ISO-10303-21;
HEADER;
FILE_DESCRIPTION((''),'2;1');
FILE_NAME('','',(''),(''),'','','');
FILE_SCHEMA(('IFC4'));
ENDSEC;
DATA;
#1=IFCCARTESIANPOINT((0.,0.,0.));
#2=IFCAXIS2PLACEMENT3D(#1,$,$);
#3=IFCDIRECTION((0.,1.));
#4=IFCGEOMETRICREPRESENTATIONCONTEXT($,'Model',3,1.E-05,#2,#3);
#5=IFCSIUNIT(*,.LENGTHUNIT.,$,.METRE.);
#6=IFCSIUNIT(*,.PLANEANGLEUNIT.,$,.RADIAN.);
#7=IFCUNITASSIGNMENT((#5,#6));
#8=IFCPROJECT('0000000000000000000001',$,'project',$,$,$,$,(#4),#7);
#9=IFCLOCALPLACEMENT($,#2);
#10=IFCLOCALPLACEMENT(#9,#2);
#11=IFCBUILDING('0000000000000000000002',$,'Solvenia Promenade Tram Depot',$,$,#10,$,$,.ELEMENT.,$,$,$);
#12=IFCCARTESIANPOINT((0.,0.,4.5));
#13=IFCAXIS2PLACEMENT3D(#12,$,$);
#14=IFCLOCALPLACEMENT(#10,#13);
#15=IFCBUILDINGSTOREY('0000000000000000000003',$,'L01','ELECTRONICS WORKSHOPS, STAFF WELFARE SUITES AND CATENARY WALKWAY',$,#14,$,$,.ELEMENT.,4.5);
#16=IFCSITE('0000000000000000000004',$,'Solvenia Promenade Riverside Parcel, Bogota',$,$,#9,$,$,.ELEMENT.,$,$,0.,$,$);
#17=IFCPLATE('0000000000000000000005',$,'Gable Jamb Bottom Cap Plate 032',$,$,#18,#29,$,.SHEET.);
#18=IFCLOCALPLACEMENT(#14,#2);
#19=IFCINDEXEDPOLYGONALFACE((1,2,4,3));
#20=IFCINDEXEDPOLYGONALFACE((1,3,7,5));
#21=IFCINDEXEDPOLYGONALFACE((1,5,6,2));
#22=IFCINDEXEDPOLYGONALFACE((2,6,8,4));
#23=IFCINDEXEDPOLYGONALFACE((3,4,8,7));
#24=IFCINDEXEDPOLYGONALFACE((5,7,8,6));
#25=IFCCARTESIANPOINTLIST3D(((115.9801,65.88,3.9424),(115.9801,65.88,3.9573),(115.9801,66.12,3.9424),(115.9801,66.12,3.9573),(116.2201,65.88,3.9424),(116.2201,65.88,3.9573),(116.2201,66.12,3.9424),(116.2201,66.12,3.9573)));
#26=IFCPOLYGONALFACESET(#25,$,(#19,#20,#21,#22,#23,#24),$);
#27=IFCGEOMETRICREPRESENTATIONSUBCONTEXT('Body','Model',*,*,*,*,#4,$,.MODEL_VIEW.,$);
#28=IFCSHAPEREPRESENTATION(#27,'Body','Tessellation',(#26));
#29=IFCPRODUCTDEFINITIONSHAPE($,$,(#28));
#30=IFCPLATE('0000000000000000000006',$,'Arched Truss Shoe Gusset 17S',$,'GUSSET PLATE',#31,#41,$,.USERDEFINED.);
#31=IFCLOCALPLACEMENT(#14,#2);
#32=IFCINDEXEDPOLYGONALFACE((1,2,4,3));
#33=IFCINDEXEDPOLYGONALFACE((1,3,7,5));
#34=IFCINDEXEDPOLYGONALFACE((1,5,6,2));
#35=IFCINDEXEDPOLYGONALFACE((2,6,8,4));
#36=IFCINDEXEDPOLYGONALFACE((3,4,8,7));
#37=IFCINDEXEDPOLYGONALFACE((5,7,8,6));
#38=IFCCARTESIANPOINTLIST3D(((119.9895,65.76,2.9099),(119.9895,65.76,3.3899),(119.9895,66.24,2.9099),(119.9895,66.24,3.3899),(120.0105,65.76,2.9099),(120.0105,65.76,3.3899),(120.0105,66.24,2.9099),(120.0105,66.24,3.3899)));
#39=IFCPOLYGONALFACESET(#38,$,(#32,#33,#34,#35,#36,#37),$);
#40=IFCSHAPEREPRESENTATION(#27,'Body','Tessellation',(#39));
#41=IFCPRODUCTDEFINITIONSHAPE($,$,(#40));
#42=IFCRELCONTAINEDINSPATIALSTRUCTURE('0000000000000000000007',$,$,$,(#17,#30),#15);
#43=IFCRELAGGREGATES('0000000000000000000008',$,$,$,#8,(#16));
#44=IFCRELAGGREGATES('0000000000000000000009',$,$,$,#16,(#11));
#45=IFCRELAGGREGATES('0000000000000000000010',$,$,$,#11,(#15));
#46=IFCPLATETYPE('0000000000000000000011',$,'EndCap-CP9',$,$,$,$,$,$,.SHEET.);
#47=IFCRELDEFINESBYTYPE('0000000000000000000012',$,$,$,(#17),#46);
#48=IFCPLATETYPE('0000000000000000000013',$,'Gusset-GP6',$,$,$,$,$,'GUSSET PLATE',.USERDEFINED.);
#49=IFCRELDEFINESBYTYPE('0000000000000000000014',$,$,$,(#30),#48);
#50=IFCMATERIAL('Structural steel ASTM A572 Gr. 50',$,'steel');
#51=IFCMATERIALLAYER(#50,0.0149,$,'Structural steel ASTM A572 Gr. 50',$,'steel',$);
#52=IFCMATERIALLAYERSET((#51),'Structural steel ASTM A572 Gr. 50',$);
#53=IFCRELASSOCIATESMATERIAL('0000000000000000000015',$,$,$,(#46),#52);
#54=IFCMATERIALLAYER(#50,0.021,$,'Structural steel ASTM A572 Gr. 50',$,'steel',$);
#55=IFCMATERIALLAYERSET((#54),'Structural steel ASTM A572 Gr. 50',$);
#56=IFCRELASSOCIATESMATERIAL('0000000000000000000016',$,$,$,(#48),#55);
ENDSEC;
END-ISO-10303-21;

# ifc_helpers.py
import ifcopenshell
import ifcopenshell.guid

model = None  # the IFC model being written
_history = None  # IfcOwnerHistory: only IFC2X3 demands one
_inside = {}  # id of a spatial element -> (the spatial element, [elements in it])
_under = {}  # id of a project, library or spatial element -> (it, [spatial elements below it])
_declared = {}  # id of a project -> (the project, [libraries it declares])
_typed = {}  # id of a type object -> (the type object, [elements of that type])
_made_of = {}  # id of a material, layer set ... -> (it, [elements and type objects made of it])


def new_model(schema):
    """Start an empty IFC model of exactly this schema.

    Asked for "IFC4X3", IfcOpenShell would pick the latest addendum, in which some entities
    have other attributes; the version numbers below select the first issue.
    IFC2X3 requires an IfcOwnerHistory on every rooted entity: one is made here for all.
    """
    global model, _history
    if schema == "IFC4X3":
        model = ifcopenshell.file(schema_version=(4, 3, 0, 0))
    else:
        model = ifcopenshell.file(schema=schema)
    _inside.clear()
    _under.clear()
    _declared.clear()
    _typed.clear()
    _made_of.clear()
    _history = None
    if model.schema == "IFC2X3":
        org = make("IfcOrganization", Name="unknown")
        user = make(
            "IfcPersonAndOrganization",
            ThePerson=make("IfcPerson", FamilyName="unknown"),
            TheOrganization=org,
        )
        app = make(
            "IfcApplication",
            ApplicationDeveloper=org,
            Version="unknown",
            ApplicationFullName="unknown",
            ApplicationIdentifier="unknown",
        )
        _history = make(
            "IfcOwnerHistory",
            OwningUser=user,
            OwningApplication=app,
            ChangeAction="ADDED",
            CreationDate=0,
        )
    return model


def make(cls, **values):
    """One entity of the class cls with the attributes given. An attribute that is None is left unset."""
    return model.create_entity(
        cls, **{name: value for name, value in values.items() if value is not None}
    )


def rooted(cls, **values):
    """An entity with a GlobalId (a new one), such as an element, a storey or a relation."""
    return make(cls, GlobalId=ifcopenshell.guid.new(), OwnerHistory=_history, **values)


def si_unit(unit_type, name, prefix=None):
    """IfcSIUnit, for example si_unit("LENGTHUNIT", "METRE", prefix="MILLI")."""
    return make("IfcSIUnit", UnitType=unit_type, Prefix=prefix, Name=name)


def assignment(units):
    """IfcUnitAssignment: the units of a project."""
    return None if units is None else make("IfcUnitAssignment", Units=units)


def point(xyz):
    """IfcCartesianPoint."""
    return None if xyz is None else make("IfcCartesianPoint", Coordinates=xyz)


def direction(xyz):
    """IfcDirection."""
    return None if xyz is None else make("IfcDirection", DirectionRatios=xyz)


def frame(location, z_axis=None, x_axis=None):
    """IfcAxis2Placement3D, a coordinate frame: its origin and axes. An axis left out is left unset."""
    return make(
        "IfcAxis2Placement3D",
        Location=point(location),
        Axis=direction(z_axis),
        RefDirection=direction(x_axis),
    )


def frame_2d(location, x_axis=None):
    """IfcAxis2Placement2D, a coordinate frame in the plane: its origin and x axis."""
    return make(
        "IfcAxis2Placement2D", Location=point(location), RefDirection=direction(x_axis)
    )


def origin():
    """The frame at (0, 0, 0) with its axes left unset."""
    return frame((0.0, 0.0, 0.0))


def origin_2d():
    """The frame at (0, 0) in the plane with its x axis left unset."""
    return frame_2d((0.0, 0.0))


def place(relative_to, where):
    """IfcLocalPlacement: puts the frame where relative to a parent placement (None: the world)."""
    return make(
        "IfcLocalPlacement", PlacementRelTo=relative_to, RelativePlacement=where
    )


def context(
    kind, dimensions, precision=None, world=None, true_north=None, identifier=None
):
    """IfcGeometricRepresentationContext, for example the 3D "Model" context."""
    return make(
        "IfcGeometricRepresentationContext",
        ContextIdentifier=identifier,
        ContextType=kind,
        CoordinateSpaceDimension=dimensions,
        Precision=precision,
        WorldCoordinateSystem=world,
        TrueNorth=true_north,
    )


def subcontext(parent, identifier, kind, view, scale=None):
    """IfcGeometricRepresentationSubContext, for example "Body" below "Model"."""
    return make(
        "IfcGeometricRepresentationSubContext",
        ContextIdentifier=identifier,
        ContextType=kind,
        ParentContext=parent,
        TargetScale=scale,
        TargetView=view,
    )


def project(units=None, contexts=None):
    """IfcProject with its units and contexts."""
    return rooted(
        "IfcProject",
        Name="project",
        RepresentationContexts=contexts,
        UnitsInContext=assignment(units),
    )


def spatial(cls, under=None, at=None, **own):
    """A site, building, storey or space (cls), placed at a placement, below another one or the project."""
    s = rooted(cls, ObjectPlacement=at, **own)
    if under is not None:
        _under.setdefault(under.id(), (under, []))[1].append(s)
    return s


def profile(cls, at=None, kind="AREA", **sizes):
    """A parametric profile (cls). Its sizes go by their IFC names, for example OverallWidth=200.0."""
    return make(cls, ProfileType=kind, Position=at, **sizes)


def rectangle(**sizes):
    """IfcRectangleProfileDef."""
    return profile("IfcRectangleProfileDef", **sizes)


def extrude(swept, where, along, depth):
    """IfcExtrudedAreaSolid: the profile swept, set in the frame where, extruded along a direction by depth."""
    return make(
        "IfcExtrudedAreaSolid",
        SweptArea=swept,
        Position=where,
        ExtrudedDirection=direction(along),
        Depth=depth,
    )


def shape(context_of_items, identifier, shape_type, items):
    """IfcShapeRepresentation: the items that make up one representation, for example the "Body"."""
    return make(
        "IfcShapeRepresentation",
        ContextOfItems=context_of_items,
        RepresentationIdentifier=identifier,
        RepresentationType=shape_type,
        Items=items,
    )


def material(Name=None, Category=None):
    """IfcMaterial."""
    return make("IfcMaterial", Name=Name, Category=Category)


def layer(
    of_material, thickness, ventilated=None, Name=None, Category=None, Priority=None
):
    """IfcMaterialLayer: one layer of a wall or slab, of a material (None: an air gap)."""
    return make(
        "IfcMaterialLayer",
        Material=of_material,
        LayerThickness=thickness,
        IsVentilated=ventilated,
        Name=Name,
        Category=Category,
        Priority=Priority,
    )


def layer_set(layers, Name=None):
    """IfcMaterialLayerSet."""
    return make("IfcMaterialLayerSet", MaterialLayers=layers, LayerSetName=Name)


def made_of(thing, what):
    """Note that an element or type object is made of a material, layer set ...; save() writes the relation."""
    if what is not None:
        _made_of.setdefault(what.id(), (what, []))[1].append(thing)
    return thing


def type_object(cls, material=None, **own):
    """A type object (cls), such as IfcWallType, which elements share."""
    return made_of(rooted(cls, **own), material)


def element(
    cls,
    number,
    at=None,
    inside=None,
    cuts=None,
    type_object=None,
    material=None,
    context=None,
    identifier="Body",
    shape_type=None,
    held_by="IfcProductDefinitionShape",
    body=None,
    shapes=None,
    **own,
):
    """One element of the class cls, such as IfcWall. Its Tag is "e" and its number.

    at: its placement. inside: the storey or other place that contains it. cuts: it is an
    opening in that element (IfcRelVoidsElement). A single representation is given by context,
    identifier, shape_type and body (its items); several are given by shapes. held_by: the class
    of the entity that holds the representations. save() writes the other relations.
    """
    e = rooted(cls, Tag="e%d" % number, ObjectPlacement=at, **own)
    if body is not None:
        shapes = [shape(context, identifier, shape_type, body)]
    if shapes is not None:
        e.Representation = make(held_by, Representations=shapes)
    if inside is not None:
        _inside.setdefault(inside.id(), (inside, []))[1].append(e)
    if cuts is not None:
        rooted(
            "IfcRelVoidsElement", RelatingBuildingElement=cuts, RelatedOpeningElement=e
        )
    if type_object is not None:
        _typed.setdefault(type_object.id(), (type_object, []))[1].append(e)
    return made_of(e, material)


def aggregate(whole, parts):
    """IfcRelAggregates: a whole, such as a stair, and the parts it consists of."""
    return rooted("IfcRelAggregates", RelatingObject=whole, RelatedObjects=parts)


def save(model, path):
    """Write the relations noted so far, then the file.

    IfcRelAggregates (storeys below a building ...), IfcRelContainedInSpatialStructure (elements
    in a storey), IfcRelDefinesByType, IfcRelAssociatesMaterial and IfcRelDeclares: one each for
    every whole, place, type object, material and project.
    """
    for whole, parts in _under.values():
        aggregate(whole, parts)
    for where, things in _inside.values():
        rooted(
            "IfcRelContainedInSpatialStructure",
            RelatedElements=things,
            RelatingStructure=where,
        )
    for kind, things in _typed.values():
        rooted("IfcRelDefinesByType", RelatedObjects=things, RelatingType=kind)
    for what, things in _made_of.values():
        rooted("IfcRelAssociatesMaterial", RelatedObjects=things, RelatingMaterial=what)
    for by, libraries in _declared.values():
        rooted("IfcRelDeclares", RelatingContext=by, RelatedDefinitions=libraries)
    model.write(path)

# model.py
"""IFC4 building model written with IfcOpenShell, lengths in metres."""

from ifc_helpers import new_model, si_unit, direction, frame, origin, origin_2d, place, context, subcontext, project, spatial, rectangle, extrude, material, layer, layer_set, type_object, element, save


model = new_model("IFC4")

# Units and contexts
model_context = context("Model", 3, precision=1e-05, world=origin(), true_north=direction((0.0, 1.0)))
body_context = subcontext(model_context, "Body", "Model", "MODEL_VIEW")
ifc_project = project(units=[si_unit("LENGTHUNIT", "METRE"), si_unit("PLANEANGLEUNIT", "RADIAN")], contexts=[model_context])

# Site, building, storey
site_placement = place(None, origin())
site = spatial("IfcSite", under=ifc_project, at=site_placement, Name="Solvenia Promenade Riverside Parcel, Bogota", CompositionType="ELEMENT", RefElevation=0.0)
building_placement = place(site_placement, origin())
building = spatial("IfcBuilding", under=site, at=building_placement, Name="Solvenia Promenade Tram Depot", CompositionType="ELEMENT")
storey_placement = place(building_placement, frame((0.0, 0.0, 4.5)))
storey = spatial("IfcBuildingStorey", under=building, at=storey_placement, Name="L01", Description="ELECTRONICS WORKSHOPS, STAFF WELFARE SUITES AND CATENARY WALKWAY", CompositionType="ELEMENT", Elevation=4.5)

# Plates
ifc_material_1 = material(Name="Structural steel ASTM A572 Gr. 50", Category="steel")
ifc_layer_1 = layer(ifc_material_1, 0.0149, Name="Structural steel ASTM A572 Gr. 50", Category="steel")
ifc_layer_set_1 = layer_set([ifc_layer_1], Name="Structural steel ASTM A572 Gr. 50")
plate_type_1 = type_object("IfcPlateType", Name="EndCap-CP9", PredefinedType="SHEET", material=ifc_layer_set_1)
plate_1_placement = place(storey_placement, frame((116.1001, 66.0, 3.9424), z_axis=(0.0, 0.0, 1.0), x_axis=(1.0, 0.0, 0.0)))
element("IfcPlate", 1, at=plate_1_placement, inside=storey, type_object=plate_type_1, Name="Gable Jamb Bottom Cap Plate 032", PredefinedType="SHEET", context=body_context, shape_type="SweptSolid", body=[
    extrude(rectangle(XDim=0.24, YDim=0.24, at=origin_2d()), origin(), (0.0, 0.0, 1.0), 0.0149),
])
ifc_layer_2 = layer(ifc_material_1, 0.021, Name="Structural steel ASTM A572 Gr. 50", Category="steel")
ifc_layer_set_2 = layer_set([ifc_layer_2], Name="Structural steel ASTM A572 Gr. 50")
plate_type_2 = type_object("IfcPlateType", Name="Gusset-GP6", ElementType="GUSSET PLATE", PredefinedType="USERDEFINED", material=ifc_layer_set_2)
plate_2_placement = place(storey_placement, frame((120.0, 66.0, 2.9099), z_axis=(0.0, 0.0, 1.0), x_axis=(1.0, 0.0, 0.0)))
element("IfcPlate", 2, at=plate_2_placement, inside=storey, type_object=plate_type_2, Name="Arched Truss Shoe Gusset 17S", ObjectType="GUSSET PLATE", PredefinedType="USERDEFINED", context=body_context, shape_type="SweptSolid", body=[
    extrude(rectangle(XDim=0.021, YDim=0.48, at=origin_2d()), origin(), (0.0, 0.0, 1.0), 0.48),
])

save(model, "model.ifc")
